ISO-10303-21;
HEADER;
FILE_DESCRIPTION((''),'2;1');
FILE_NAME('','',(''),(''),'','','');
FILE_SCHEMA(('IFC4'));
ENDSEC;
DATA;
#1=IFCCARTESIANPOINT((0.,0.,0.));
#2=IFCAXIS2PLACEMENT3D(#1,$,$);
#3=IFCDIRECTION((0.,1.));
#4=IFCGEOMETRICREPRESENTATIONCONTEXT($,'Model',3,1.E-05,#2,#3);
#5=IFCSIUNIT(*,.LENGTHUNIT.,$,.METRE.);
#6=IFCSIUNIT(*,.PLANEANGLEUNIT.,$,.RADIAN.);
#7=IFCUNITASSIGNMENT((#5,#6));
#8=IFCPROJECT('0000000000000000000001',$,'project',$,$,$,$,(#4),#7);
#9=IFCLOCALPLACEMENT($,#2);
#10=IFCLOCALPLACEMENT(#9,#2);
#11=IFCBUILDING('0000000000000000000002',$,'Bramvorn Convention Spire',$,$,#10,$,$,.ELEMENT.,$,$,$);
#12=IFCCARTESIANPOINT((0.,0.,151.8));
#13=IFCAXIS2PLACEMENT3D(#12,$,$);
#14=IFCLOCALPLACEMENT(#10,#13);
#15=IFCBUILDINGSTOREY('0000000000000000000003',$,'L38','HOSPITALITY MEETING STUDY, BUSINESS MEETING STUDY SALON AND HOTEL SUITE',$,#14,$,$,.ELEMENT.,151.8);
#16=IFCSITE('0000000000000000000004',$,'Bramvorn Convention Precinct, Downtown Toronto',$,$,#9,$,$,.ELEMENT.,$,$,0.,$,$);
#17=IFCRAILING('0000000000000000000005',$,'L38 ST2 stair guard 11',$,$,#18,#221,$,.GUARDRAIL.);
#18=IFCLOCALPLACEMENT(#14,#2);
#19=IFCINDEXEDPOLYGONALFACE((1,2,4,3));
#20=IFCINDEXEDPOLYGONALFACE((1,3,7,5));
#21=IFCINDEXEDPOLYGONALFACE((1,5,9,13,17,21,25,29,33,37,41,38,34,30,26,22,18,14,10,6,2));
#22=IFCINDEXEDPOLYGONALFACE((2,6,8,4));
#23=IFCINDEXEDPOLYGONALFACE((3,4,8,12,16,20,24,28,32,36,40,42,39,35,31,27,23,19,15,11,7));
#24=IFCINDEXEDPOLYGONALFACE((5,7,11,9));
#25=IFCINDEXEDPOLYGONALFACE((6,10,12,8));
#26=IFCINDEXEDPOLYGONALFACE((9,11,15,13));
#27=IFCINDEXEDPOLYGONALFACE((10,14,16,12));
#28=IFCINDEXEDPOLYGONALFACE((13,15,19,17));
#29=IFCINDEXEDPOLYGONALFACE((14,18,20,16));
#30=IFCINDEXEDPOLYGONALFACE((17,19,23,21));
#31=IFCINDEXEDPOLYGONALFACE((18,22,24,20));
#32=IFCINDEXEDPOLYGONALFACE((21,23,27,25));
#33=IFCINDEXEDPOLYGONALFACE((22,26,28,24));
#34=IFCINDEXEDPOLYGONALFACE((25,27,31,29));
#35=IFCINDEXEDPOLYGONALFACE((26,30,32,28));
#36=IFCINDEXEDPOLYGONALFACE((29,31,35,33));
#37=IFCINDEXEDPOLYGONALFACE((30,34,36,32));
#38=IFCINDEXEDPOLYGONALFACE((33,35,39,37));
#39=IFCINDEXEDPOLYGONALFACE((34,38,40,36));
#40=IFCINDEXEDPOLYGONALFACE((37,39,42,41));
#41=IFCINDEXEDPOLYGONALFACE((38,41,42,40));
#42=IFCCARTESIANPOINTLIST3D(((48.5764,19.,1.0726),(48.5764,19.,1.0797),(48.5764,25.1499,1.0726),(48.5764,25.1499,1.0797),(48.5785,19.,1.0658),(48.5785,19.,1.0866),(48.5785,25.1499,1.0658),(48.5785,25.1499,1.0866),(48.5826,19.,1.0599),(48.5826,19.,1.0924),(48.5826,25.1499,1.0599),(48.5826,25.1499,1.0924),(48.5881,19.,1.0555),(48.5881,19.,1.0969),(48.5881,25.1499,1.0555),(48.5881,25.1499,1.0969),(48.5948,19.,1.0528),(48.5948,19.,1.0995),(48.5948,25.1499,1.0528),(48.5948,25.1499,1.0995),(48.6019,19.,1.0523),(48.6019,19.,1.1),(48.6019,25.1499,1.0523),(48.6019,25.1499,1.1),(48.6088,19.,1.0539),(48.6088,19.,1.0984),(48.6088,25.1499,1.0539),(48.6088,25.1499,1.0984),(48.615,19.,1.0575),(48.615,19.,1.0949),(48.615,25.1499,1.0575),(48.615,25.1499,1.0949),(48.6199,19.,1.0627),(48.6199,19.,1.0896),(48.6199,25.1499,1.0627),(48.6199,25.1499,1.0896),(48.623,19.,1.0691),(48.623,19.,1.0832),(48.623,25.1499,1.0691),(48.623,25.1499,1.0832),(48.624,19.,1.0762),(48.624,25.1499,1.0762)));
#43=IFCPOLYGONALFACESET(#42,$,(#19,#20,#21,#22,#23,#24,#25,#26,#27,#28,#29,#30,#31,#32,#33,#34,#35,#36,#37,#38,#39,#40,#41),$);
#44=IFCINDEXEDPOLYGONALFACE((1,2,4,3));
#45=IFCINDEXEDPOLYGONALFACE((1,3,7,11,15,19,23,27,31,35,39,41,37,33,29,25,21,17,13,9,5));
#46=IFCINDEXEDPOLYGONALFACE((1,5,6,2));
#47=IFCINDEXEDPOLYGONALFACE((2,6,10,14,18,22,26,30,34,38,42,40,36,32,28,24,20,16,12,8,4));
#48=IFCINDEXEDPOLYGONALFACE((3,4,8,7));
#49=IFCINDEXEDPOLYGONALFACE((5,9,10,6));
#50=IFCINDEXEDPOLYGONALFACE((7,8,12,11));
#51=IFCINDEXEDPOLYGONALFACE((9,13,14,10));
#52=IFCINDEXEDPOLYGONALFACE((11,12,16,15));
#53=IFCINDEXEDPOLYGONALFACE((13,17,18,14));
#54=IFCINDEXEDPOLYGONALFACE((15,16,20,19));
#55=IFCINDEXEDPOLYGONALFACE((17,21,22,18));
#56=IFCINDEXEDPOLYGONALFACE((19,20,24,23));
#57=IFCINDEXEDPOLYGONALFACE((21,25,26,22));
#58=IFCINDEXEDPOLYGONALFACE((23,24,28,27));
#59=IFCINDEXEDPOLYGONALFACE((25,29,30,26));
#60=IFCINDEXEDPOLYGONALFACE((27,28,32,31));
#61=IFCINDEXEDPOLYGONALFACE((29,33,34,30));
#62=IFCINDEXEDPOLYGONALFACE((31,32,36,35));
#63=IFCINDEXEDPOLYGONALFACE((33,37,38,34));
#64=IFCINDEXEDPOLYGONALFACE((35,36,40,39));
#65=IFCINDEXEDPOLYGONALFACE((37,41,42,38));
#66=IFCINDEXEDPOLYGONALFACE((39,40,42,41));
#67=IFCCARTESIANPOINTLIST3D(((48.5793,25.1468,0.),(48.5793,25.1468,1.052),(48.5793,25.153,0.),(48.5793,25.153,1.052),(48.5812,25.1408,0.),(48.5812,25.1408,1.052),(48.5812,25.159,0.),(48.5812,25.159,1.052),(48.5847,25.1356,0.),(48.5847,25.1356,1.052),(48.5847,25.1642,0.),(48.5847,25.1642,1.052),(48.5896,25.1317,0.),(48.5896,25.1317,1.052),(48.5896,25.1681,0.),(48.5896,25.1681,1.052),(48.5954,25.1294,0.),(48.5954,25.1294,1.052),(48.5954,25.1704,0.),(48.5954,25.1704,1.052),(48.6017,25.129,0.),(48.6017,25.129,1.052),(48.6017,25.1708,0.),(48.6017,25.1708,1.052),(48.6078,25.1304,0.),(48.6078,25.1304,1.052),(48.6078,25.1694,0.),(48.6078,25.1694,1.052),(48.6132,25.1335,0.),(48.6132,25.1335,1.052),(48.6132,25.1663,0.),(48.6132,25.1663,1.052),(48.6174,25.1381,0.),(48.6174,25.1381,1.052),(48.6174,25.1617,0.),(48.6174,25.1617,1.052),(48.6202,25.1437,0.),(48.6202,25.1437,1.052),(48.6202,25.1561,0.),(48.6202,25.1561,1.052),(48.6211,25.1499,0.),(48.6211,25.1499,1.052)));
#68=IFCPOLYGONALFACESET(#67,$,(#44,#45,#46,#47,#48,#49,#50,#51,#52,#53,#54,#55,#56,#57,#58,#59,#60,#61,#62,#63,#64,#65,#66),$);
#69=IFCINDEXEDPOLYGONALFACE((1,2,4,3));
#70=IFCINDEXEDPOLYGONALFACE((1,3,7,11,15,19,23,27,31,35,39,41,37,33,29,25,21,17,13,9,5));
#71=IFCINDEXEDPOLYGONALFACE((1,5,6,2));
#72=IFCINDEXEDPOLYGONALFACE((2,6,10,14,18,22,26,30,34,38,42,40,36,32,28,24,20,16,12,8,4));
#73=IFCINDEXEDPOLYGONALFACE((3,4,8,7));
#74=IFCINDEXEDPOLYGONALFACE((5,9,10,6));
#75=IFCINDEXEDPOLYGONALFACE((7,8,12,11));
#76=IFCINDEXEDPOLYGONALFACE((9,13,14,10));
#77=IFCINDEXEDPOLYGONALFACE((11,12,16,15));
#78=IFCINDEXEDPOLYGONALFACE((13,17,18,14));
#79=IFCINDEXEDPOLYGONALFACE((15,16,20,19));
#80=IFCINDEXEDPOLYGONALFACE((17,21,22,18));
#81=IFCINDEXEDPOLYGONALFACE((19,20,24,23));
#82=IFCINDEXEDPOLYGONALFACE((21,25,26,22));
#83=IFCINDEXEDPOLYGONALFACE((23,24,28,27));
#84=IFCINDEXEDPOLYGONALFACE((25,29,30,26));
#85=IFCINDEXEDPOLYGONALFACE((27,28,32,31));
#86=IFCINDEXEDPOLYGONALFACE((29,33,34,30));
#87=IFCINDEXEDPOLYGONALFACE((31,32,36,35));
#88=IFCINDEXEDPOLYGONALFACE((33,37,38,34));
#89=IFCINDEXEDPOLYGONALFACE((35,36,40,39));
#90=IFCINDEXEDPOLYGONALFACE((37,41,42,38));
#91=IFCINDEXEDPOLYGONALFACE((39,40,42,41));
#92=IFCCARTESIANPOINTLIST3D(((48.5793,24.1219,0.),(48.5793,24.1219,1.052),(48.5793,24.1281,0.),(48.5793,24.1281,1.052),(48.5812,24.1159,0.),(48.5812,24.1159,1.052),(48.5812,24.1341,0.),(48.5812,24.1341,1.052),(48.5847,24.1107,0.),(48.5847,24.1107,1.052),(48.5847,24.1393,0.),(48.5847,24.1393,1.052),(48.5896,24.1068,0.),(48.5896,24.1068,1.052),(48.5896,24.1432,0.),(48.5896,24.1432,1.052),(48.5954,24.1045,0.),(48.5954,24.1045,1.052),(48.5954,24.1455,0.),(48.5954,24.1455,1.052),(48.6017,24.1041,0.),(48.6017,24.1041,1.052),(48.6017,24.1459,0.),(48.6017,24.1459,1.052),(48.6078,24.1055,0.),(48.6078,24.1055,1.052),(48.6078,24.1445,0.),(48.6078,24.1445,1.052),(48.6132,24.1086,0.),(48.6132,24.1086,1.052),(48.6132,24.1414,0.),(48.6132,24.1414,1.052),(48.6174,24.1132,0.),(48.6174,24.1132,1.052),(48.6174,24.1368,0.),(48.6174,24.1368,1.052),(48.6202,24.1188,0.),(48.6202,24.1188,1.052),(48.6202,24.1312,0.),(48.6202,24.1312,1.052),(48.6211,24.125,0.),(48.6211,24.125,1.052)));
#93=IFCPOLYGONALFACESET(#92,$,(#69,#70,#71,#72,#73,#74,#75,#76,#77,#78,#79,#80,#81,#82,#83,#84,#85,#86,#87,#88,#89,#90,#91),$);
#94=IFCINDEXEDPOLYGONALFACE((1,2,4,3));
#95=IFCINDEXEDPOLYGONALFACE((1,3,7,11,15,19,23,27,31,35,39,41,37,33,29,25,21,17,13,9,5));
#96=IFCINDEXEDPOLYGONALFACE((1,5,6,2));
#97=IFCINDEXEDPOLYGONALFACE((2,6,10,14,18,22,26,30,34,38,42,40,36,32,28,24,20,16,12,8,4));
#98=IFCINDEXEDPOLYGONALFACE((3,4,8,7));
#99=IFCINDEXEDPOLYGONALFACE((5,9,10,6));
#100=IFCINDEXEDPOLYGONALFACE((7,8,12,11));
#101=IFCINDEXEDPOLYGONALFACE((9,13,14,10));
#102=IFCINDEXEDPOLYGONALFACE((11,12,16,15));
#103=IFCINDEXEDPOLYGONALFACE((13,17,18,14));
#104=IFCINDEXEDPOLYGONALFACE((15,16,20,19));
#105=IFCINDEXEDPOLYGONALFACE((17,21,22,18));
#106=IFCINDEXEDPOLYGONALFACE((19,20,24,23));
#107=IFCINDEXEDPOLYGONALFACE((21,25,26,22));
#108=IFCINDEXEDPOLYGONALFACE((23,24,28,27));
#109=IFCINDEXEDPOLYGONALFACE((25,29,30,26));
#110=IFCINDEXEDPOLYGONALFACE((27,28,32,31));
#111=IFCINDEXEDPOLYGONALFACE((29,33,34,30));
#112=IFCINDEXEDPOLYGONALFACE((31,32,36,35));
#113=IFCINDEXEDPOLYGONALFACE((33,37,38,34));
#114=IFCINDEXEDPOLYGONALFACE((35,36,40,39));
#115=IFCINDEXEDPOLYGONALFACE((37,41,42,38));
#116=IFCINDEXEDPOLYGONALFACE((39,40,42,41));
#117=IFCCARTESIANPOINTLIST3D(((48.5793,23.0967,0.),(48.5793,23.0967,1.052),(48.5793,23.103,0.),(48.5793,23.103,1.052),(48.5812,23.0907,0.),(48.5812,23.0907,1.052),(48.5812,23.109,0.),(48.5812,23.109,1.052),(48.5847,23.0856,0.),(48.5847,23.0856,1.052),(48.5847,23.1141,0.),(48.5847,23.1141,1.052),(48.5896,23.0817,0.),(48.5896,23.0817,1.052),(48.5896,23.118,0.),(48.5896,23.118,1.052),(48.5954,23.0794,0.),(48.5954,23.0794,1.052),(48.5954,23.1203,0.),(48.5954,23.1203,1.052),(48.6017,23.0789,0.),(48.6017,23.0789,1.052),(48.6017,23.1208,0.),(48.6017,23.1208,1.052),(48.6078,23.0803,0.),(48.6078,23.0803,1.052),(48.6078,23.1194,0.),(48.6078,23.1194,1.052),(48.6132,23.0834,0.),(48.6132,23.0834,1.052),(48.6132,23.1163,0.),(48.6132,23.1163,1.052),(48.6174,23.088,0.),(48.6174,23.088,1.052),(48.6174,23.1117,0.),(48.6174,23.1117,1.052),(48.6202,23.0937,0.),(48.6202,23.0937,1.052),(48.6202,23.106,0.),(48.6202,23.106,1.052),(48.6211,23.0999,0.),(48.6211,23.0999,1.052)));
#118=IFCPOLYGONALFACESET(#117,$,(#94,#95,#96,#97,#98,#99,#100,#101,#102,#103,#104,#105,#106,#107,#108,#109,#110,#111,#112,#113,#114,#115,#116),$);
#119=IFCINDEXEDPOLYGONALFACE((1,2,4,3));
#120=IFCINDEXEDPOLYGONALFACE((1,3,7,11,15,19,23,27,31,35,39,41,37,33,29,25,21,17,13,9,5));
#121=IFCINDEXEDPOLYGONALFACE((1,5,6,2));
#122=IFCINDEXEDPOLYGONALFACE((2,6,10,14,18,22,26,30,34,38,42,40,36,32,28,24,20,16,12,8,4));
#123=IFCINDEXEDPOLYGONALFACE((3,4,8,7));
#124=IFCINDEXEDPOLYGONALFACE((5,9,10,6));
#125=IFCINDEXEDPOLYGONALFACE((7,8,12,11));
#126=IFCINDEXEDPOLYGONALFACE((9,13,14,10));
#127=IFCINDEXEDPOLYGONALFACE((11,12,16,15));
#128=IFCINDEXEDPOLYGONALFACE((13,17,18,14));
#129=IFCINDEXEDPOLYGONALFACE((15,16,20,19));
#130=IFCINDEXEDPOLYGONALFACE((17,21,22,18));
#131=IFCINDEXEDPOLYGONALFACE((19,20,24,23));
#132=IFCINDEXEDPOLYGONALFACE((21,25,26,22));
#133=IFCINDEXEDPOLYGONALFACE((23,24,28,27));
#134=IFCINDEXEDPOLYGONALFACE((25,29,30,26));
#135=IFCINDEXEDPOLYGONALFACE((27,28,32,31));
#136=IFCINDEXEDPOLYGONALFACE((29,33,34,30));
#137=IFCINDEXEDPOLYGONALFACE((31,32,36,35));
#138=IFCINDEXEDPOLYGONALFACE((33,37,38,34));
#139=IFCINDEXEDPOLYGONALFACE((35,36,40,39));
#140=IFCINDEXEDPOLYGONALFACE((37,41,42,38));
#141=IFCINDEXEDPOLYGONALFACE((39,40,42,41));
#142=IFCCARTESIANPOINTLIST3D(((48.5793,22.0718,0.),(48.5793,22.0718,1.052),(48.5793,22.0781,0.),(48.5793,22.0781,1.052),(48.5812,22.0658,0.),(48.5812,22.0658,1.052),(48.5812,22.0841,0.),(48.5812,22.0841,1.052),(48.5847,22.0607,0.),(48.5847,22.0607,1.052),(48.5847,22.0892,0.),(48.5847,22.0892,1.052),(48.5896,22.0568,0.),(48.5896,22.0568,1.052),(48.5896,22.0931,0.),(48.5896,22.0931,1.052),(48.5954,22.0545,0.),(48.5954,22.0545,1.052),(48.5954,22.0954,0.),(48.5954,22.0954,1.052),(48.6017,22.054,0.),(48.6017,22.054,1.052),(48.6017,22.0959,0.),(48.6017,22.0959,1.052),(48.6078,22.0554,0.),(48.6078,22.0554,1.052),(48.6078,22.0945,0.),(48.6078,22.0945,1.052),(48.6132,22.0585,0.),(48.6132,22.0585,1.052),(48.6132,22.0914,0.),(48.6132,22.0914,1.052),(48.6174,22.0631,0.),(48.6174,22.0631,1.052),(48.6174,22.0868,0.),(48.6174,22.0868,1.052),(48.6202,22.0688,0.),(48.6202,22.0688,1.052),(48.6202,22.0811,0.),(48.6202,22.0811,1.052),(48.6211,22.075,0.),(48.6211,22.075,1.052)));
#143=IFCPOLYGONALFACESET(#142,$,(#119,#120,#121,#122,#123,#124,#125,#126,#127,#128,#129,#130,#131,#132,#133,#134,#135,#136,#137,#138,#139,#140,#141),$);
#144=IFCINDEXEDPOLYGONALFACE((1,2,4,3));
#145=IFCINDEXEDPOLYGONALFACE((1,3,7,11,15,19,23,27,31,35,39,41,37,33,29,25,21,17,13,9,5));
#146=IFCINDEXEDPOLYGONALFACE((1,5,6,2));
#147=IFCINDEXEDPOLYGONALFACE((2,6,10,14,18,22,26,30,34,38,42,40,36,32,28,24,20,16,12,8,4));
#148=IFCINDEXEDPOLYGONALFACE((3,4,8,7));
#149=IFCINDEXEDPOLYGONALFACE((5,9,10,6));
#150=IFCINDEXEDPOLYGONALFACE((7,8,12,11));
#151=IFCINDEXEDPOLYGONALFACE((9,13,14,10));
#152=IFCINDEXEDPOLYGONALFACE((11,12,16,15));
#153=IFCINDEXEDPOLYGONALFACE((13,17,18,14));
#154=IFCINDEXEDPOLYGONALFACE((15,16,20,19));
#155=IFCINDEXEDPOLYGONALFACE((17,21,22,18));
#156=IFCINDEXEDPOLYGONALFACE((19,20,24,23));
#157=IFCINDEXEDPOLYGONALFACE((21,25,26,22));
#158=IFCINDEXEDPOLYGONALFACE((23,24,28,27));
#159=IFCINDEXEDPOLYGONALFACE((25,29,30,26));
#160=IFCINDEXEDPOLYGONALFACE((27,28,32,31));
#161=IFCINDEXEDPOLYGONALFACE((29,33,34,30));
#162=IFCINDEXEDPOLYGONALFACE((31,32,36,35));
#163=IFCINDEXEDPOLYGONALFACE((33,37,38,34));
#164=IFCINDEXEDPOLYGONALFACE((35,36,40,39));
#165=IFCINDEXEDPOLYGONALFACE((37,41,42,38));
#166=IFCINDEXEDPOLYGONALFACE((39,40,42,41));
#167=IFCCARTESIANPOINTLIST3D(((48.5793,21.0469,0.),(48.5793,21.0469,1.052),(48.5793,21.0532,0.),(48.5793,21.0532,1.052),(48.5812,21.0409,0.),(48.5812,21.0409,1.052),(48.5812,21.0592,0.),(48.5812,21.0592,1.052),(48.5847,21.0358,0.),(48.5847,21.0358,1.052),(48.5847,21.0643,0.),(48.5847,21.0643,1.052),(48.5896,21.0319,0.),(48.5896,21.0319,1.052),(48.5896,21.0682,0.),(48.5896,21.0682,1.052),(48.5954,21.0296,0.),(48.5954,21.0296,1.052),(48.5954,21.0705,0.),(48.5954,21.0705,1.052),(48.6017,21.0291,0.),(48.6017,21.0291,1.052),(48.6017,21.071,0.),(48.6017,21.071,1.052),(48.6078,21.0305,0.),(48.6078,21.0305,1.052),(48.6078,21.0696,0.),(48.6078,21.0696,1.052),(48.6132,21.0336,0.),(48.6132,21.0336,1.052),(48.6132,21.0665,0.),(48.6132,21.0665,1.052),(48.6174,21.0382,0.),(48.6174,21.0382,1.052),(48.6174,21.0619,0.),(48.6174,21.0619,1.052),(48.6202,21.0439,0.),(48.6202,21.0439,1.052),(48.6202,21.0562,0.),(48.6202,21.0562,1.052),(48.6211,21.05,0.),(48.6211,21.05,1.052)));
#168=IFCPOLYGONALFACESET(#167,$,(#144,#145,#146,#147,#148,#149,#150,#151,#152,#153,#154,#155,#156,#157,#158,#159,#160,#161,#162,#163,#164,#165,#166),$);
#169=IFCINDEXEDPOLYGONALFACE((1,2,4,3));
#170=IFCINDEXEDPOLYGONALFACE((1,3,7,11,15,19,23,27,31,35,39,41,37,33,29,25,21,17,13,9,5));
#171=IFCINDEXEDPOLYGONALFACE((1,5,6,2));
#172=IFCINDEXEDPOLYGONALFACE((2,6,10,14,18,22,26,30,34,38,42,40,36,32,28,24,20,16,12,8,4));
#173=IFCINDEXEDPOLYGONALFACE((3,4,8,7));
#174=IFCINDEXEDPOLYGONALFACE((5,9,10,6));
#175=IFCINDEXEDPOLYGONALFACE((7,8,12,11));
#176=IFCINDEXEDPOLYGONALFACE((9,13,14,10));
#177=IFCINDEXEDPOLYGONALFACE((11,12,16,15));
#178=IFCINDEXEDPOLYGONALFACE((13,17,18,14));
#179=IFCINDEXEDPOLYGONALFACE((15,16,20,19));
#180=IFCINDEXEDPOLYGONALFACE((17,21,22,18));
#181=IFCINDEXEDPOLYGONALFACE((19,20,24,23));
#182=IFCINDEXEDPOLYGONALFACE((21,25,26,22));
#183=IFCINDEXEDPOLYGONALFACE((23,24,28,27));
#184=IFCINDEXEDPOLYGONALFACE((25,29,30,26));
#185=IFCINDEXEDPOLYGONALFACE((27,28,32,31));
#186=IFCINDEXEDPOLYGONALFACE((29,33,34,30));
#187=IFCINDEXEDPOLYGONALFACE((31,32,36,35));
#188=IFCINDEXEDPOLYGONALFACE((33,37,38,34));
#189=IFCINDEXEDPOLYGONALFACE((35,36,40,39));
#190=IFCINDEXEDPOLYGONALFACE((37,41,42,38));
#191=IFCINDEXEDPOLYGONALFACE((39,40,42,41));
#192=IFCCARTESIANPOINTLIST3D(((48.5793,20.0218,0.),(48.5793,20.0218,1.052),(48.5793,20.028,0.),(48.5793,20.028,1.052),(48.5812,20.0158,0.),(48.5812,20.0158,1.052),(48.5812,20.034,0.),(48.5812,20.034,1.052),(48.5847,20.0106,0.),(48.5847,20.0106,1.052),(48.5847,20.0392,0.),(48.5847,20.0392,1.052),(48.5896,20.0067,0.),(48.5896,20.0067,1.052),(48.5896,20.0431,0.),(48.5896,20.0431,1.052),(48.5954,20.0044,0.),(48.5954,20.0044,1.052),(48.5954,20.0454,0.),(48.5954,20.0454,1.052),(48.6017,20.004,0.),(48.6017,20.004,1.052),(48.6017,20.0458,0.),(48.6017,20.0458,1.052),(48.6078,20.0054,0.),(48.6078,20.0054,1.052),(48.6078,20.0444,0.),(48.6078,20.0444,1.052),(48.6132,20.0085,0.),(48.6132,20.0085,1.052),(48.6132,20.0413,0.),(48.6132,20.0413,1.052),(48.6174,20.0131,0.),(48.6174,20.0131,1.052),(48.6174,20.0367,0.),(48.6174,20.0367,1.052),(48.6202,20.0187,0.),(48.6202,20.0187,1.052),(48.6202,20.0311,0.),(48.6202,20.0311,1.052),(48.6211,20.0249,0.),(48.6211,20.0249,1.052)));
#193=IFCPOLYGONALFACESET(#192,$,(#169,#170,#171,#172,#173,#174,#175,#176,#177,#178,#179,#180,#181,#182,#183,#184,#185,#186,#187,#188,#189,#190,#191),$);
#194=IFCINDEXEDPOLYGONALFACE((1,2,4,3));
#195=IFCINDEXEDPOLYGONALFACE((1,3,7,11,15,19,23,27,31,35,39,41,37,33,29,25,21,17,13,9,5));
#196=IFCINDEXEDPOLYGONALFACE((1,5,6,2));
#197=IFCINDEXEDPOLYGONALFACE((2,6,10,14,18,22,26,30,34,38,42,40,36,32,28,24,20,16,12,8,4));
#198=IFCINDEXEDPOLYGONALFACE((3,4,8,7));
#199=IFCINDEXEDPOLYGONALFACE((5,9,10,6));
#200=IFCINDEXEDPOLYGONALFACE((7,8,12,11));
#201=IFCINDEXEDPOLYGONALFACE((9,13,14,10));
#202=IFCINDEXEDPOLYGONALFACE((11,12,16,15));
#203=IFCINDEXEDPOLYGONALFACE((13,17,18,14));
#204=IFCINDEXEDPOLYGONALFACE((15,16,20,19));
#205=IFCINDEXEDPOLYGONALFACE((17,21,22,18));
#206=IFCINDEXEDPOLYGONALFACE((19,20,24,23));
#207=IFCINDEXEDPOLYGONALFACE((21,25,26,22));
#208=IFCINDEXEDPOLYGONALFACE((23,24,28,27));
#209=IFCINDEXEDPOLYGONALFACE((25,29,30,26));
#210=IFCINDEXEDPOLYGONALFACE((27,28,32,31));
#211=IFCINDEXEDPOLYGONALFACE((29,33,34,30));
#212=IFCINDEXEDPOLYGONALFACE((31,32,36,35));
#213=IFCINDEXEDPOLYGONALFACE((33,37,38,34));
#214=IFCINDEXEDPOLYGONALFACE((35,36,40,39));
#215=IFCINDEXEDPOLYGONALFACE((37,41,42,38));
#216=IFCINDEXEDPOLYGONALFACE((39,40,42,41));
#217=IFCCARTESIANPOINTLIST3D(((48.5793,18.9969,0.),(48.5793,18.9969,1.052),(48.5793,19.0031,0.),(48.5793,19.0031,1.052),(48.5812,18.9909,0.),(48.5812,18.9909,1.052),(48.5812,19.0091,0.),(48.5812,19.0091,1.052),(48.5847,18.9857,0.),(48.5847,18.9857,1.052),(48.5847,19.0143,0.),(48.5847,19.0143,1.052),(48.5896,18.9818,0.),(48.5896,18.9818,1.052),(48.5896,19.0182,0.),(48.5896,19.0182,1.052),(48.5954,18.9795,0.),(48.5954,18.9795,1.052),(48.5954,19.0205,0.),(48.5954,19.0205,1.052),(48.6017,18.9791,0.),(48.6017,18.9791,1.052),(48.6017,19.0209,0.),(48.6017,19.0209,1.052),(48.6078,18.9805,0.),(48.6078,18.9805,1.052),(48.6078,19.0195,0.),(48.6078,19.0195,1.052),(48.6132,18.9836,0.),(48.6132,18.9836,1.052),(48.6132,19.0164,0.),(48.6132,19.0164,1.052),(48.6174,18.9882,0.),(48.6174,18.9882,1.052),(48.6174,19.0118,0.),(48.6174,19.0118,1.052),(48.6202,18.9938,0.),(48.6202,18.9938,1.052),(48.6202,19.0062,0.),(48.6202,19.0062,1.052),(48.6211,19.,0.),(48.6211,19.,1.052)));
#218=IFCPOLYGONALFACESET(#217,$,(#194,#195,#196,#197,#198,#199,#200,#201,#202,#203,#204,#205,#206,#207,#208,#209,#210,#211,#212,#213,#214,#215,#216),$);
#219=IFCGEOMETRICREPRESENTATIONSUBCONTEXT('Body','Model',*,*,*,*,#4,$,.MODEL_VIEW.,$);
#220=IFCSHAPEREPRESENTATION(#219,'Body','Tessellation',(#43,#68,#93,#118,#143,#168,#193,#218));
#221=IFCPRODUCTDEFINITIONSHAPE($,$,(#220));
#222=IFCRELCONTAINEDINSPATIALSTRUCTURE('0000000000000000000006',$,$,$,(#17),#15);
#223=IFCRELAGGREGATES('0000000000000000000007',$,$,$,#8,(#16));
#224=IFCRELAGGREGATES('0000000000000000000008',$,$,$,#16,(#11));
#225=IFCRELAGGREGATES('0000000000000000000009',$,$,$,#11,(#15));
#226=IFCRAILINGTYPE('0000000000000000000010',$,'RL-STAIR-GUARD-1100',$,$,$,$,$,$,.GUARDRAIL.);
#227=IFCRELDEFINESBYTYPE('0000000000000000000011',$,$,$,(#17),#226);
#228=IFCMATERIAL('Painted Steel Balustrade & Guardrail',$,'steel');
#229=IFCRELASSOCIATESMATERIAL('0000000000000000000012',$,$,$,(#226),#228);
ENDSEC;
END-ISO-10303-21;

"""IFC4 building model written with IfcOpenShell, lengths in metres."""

from ifc_helpers import new_model, si_unit, direction, frame, origin, origin_2d, place, context, subcontext, project, spatial, circle, extrude, material, type_object, element, save


model = new_model("IFC4")

# Units and contexts
model_context = context("Model", 3, precision=1e-05, world=origin(), true_north=direction((0.0, 1.0)))
body_context = subcontext(model_context, "Body", "Model", "MODEL_VIEW")
ifc_project = project(units=[si_unit("LENGTHUNIT", "METRE"), si_unit("PLANEANGLEUNIT", "RADIAN")], contexts=[model_context])

# Site, building, storey
site_placement = place(None, origin())
site = spatial("IfcSite", under=ifc_project, at=site_placement, Name="Bramvorn Convention Precinct, Downtown Toronto", CompositionType="ELEMENT", RefElevation=0.0)
building_placement = place(site_placement, origin())
building = spatial("IfcBuilding", under=site, at=building_placement, Name="Bramvorn Convention Spire", CompositionType="ELEMENT")
storey_placement = place(building_placement, frame((0.0, 0.0, 151.8)))
storey = spatial("IfcBuildingStorey", under=building, at=storey_placement, Name="L38", Description="HOSPITALITY MEETING STUDY, BUSINESS MEETING STUDY SALON AND HOTEL SUITE", CompositionType="ELEMENT", Elevation=151.8)

# Railing
ifc_material_1 = material(Name="Painted Steel Balustrade & Guardrail", Category="steel")
railing_type = type_object("IfcRailingType", Name="RL-STAIR-GUARD-1100", PredefinedType="GUARDRAIL", material=ifc_material_1)
railing_placement = place(storey_placement, frame((48.6001, 25.1499, 0.0)))
element("IfcRailing", 1, at=railing_placement, inside=storey, type_object=railing_type, Name="L38 ST2 stair guard 11", PredefinedType="GUARDRAIL", context=body_context, shape_type="SweptSolid", body=[
    extrude(circle(Radius=0.0239, at=origin_2d()), frame((0.0, 0.0, 1.0762), z_axis=(0.0, -1.0, 0.0), x_axis=(1.0, 0.0, 0.0)), (0.0, 0.0, 1.0), 6.1499),
    extrude(circle(Radius=0.021, at=origin_2d()), origin(), (0.0, 0.0, 1.0), 1.052),
    extrude(circle(Radius=0.021, at=origin_2d()), frame((0.0, -1.0249, 0.0)), (0.0, 0.0, 1.0), 1.052),
    extrude(circle(Radius=0.021, at=origin_2d()), frame((0.0, -2.05, 0.0)), (0.0, 0.0, 1.0), 1.052),
    extrude(circle(Radius=0.021, at=origin_2d()), frame((0.0, -3.075, 0.0)), (0.0, 0.0, 1.0), 1.052),
    extrude(circle(Radius=0.021, at=origin_2d()), frame((0.0, -4.0999, 0.0)), (0.0, 0.0, 1.0), 1.052),
    extrude(circle(Radius=0.021, at=origin_2d()), frame((0.0, -5.125, 0.0)), (0.0, 0.0, 1.0), 1.052),
    extrude(circle(Radius=0.021, at=origin_2d()), frame((0.0, -6.1499, 0.0)), (0.0, 0.0, 1.0), 1.052),
])

save(model, "model.ifc")
